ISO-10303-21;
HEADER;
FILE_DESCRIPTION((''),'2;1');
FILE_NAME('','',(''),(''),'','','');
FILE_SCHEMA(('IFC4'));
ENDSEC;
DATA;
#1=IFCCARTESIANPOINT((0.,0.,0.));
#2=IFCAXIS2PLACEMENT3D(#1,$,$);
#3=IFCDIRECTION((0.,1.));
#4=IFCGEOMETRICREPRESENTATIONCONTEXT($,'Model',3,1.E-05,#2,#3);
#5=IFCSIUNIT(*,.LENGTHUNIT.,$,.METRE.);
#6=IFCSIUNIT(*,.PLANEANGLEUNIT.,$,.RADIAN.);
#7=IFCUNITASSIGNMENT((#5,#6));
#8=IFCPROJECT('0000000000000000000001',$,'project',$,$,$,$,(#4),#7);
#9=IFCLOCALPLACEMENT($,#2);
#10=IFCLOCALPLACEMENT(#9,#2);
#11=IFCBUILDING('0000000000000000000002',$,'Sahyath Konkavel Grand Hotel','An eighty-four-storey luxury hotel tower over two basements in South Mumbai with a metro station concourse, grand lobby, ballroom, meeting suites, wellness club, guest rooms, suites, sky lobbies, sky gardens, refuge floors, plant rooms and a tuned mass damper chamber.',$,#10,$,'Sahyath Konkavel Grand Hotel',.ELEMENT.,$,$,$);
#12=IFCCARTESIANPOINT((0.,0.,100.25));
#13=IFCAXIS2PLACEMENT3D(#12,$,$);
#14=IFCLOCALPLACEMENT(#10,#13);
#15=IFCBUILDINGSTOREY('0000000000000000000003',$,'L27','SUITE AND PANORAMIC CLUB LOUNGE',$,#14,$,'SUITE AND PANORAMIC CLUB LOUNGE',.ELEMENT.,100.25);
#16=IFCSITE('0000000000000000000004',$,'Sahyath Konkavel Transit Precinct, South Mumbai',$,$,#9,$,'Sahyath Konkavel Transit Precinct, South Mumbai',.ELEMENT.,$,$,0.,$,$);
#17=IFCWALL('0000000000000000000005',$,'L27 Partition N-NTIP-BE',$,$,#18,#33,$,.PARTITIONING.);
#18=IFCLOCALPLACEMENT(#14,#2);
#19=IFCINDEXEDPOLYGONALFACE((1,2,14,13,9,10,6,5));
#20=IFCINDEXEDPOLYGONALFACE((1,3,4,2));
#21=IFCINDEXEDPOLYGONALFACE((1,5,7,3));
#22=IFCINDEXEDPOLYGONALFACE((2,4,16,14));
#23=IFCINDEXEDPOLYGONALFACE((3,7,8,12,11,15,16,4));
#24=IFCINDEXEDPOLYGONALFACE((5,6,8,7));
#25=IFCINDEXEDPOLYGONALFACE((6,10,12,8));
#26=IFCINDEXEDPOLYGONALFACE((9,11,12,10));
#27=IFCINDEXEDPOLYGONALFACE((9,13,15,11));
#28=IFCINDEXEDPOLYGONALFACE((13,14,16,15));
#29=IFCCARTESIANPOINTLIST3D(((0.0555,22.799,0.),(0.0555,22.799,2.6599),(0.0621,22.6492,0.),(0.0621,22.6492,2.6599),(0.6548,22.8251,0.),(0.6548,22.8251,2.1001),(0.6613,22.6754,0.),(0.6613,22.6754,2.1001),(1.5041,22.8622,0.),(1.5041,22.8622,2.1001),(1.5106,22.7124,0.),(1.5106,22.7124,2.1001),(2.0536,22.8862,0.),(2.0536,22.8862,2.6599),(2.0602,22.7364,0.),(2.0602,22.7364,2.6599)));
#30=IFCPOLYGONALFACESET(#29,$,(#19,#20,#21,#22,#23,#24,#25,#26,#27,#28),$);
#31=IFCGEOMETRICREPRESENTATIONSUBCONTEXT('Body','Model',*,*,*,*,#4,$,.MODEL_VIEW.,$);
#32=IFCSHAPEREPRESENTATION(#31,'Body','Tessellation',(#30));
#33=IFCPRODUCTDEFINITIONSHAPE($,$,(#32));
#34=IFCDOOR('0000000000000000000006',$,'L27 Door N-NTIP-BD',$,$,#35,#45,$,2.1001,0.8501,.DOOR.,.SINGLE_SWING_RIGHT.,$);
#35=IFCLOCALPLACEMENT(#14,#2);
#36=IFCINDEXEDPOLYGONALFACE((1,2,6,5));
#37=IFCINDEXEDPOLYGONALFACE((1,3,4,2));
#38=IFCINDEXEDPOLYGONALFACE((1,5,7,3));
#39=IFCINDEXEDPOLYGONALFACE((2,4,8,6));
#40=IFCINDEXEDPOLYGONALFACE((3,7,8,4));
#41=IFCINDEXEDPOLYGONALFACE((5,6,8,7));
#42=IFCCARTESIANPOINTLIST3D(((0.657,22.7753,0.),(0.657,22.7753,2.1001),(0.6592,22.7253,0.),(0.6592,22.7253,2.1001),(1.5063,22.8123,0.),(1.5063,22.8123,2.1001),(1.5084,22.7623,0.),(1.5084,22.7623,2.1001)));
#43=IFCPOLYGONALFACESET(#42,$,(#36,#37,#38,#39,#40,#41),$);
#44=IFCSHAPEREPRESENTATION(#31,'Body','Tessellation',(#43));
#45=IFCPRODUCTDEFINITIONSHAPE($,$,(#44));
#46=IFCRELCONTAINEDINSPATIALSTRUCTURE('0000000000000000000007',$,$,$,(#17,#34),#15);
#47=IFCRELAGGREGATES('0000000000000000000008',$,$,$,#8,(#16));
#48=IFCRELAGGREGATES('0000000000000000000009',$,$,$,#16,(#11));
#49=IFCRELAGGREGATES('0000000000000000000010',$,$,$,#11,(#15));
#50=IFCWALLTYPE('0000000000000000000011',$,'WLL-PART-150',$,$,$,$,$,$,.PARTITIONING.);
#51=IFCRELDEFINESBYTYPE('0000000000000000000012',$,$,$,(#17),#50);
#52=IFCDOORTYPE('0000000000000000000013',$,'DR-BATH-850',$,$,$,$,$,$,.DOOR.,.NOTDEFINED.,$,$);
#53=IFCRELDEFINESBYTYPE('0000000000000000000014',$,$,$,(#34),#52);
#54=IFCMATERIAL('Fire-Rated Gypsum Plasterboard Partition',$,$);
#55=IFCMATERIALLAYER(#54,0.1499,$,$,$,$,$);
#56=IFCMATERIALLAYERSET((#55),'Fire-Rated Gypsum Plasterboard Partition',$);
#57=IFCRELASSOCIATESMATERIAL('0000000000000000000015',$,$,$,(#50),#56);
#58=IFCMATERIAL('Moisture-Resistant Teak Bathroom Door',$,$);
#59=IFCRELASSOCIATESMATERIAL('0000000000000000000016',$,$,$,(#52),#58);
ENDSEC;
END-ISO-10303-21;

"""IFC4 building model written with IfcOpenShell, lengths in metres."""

from ifc_helpers import new_model, si_unit, direction, frame, frame_2d, origin, origin_2d, place, context, subcontext, project, spatial, rectangle, extrude, source, transform, mapped, material, layer, layer_set, type_object, element, fill, save


model = new_model("IFC4")

# Units and contexts
model_context = context("Model", 3, precision=1e-05, world=origin(), true_north=direction((0.0, 1.0)))
body_context = subcontext(model_context, "Body", "Model", "MODEL_VIEW")
ifc_project = project(units=[si_unit("LENGTHUNIT", "METRE"), si_unit("PLANEANGLEUNIT", "RADIAN")], contexts=[model_context])

# Site, building, storey
site_placement = place(None, origin())
site = spatial("IfcSite", under=ifc_project, at=site_placement, Name="Sahyath Konkavel Transit Precinct, South Mumbai", LongName="Sahyath Konkavel Transit Precinct, South Mumbai", CompositionType="ELEMENT", RefElevation=0.0)
building_placement = place(site_placement, origin())
building = spatial("IfcBuilding", under=site, at=building_placement, Name="Sahyath Konkavel Grand Hotel", Description="An eighty-four-storey luxury hotel tower over two basements in South Mumbai with a metro station concourse, grand lobby, ballroom, meeting suites, wellness club, guest rooms, suites, sky lobbies, sky gardens, refuge floors, plant rooms and a tuned mass damper chamber.", LongName="Sahyath Konkavel Grand Hotel", CompositionType="ELEMENT")
storey_placement = place(building_placement, frame((0.0, 0.0, 100.25)))
storey = spatial("IfcBuildingStorey", under=building, at=storey_placement, Name="L27", Description="SUITE AND PANORAMIC CLUB LOUNGE", LongName="SUITE AND PANORAMIC CLUB LOUNGE", CompositionType="ELEMENT", Elevation=100.25)

# Shared definitions
shared_shape_1 = source(origin(), body_context, "Body", "SweptSolid", [
    extrude(rectangle(XDim=0.8501, YDim=0.05, at=origin_2d()), origin(), (0.0, 0.0, 1.0), 2.1001),
])

# Shared definitions
ifc_material_1 = material(Name="Fire-Rated Gypsum Plasterboard Partition")
ifc_layer_1 = layer(ifc_material_1, 0.1499)
ifc_layer_set_1 = layer_set([ifc_layer_1], Name="Fire-Rated Gypsum Plasterboard Partition")
wall_type_1 = type_object("IfcWallType", Name="WLL-PART-150", PredefinedType="PARTITIONING", material=ifc_layer_set_1)

# Wall, opening, door
wall_1_placement = place(storey_placement, frame((2.0569, 22.8113, 0.0), z_axis=(0.0, 0.0, 1.0), x_axis=(-0.99905, -0.04358, 0.0)))
wall_1 = element("IfcWall", 1, at=wall_1_placement, inside=storey, type_object=wall_type_1, Name="L27 Partition N-NTIP-BE", PredefinedType="PARTITIONING", context=body_context, shape_type="SweptSolid", body=[
    extrude(rectangle(XDim=2.0, YDim=0.1499, at=frame_2d((1.0, 0.0))), origin(), (0.0, 0.0, 1.0), 2.6599),
])
opening_1_placement = place(wall_1_placement, frame((0.55, 0.0, 0.0)))
opening_1 = element("IfcOpeningElement", 2, at=opening_1_placement, cuts=wall_1, PredefinedType="OPENING", context=body_context, shape_type="SweptSolid", body=[
    extrude(rectangle(XDim=0.8501, YDim=2.1001, at=frame_2d((0.425, 1.05))), frame((0.0, 0.085, 0.0), z_axis=(0.0, -1.0, 0.0), x_axis=(1.0, 0.0, 0.0)), (0.0, 0.0, 1.0), 0.1699),
])
ifc_material_2 = material(Name="Moisture-Resistant Teak Bathroom Door")
door_type_1 = type_object("IfcDoorType", Name="DR-BATH-850", OperationType="NOTDEFINED", PredefinedType="DOOR", material=ifc_material_2)
door_1_placement = place(opening_1_placement, frame((0.425, 0.0, 0.0)))
door_1 = element("IfcDoor", 3, at=door_1_placement, inside=storey, type_object=door_type_1, Name="L27 Door N-NTIP-BD", OperationType="SINGLE_SWING_RIGHT", OverallHeight=2.1001, OverallWidth=0.8501, PredefinedType="DOOR", context=body_context, shape_type="MappedRepresentation", body=[
    mapped(shared_shape_1, transform((0.0, 0.0, 0.0), scale=1.0)),
])
fill(opening_1, door_1)

save(model, "model.ifc")
